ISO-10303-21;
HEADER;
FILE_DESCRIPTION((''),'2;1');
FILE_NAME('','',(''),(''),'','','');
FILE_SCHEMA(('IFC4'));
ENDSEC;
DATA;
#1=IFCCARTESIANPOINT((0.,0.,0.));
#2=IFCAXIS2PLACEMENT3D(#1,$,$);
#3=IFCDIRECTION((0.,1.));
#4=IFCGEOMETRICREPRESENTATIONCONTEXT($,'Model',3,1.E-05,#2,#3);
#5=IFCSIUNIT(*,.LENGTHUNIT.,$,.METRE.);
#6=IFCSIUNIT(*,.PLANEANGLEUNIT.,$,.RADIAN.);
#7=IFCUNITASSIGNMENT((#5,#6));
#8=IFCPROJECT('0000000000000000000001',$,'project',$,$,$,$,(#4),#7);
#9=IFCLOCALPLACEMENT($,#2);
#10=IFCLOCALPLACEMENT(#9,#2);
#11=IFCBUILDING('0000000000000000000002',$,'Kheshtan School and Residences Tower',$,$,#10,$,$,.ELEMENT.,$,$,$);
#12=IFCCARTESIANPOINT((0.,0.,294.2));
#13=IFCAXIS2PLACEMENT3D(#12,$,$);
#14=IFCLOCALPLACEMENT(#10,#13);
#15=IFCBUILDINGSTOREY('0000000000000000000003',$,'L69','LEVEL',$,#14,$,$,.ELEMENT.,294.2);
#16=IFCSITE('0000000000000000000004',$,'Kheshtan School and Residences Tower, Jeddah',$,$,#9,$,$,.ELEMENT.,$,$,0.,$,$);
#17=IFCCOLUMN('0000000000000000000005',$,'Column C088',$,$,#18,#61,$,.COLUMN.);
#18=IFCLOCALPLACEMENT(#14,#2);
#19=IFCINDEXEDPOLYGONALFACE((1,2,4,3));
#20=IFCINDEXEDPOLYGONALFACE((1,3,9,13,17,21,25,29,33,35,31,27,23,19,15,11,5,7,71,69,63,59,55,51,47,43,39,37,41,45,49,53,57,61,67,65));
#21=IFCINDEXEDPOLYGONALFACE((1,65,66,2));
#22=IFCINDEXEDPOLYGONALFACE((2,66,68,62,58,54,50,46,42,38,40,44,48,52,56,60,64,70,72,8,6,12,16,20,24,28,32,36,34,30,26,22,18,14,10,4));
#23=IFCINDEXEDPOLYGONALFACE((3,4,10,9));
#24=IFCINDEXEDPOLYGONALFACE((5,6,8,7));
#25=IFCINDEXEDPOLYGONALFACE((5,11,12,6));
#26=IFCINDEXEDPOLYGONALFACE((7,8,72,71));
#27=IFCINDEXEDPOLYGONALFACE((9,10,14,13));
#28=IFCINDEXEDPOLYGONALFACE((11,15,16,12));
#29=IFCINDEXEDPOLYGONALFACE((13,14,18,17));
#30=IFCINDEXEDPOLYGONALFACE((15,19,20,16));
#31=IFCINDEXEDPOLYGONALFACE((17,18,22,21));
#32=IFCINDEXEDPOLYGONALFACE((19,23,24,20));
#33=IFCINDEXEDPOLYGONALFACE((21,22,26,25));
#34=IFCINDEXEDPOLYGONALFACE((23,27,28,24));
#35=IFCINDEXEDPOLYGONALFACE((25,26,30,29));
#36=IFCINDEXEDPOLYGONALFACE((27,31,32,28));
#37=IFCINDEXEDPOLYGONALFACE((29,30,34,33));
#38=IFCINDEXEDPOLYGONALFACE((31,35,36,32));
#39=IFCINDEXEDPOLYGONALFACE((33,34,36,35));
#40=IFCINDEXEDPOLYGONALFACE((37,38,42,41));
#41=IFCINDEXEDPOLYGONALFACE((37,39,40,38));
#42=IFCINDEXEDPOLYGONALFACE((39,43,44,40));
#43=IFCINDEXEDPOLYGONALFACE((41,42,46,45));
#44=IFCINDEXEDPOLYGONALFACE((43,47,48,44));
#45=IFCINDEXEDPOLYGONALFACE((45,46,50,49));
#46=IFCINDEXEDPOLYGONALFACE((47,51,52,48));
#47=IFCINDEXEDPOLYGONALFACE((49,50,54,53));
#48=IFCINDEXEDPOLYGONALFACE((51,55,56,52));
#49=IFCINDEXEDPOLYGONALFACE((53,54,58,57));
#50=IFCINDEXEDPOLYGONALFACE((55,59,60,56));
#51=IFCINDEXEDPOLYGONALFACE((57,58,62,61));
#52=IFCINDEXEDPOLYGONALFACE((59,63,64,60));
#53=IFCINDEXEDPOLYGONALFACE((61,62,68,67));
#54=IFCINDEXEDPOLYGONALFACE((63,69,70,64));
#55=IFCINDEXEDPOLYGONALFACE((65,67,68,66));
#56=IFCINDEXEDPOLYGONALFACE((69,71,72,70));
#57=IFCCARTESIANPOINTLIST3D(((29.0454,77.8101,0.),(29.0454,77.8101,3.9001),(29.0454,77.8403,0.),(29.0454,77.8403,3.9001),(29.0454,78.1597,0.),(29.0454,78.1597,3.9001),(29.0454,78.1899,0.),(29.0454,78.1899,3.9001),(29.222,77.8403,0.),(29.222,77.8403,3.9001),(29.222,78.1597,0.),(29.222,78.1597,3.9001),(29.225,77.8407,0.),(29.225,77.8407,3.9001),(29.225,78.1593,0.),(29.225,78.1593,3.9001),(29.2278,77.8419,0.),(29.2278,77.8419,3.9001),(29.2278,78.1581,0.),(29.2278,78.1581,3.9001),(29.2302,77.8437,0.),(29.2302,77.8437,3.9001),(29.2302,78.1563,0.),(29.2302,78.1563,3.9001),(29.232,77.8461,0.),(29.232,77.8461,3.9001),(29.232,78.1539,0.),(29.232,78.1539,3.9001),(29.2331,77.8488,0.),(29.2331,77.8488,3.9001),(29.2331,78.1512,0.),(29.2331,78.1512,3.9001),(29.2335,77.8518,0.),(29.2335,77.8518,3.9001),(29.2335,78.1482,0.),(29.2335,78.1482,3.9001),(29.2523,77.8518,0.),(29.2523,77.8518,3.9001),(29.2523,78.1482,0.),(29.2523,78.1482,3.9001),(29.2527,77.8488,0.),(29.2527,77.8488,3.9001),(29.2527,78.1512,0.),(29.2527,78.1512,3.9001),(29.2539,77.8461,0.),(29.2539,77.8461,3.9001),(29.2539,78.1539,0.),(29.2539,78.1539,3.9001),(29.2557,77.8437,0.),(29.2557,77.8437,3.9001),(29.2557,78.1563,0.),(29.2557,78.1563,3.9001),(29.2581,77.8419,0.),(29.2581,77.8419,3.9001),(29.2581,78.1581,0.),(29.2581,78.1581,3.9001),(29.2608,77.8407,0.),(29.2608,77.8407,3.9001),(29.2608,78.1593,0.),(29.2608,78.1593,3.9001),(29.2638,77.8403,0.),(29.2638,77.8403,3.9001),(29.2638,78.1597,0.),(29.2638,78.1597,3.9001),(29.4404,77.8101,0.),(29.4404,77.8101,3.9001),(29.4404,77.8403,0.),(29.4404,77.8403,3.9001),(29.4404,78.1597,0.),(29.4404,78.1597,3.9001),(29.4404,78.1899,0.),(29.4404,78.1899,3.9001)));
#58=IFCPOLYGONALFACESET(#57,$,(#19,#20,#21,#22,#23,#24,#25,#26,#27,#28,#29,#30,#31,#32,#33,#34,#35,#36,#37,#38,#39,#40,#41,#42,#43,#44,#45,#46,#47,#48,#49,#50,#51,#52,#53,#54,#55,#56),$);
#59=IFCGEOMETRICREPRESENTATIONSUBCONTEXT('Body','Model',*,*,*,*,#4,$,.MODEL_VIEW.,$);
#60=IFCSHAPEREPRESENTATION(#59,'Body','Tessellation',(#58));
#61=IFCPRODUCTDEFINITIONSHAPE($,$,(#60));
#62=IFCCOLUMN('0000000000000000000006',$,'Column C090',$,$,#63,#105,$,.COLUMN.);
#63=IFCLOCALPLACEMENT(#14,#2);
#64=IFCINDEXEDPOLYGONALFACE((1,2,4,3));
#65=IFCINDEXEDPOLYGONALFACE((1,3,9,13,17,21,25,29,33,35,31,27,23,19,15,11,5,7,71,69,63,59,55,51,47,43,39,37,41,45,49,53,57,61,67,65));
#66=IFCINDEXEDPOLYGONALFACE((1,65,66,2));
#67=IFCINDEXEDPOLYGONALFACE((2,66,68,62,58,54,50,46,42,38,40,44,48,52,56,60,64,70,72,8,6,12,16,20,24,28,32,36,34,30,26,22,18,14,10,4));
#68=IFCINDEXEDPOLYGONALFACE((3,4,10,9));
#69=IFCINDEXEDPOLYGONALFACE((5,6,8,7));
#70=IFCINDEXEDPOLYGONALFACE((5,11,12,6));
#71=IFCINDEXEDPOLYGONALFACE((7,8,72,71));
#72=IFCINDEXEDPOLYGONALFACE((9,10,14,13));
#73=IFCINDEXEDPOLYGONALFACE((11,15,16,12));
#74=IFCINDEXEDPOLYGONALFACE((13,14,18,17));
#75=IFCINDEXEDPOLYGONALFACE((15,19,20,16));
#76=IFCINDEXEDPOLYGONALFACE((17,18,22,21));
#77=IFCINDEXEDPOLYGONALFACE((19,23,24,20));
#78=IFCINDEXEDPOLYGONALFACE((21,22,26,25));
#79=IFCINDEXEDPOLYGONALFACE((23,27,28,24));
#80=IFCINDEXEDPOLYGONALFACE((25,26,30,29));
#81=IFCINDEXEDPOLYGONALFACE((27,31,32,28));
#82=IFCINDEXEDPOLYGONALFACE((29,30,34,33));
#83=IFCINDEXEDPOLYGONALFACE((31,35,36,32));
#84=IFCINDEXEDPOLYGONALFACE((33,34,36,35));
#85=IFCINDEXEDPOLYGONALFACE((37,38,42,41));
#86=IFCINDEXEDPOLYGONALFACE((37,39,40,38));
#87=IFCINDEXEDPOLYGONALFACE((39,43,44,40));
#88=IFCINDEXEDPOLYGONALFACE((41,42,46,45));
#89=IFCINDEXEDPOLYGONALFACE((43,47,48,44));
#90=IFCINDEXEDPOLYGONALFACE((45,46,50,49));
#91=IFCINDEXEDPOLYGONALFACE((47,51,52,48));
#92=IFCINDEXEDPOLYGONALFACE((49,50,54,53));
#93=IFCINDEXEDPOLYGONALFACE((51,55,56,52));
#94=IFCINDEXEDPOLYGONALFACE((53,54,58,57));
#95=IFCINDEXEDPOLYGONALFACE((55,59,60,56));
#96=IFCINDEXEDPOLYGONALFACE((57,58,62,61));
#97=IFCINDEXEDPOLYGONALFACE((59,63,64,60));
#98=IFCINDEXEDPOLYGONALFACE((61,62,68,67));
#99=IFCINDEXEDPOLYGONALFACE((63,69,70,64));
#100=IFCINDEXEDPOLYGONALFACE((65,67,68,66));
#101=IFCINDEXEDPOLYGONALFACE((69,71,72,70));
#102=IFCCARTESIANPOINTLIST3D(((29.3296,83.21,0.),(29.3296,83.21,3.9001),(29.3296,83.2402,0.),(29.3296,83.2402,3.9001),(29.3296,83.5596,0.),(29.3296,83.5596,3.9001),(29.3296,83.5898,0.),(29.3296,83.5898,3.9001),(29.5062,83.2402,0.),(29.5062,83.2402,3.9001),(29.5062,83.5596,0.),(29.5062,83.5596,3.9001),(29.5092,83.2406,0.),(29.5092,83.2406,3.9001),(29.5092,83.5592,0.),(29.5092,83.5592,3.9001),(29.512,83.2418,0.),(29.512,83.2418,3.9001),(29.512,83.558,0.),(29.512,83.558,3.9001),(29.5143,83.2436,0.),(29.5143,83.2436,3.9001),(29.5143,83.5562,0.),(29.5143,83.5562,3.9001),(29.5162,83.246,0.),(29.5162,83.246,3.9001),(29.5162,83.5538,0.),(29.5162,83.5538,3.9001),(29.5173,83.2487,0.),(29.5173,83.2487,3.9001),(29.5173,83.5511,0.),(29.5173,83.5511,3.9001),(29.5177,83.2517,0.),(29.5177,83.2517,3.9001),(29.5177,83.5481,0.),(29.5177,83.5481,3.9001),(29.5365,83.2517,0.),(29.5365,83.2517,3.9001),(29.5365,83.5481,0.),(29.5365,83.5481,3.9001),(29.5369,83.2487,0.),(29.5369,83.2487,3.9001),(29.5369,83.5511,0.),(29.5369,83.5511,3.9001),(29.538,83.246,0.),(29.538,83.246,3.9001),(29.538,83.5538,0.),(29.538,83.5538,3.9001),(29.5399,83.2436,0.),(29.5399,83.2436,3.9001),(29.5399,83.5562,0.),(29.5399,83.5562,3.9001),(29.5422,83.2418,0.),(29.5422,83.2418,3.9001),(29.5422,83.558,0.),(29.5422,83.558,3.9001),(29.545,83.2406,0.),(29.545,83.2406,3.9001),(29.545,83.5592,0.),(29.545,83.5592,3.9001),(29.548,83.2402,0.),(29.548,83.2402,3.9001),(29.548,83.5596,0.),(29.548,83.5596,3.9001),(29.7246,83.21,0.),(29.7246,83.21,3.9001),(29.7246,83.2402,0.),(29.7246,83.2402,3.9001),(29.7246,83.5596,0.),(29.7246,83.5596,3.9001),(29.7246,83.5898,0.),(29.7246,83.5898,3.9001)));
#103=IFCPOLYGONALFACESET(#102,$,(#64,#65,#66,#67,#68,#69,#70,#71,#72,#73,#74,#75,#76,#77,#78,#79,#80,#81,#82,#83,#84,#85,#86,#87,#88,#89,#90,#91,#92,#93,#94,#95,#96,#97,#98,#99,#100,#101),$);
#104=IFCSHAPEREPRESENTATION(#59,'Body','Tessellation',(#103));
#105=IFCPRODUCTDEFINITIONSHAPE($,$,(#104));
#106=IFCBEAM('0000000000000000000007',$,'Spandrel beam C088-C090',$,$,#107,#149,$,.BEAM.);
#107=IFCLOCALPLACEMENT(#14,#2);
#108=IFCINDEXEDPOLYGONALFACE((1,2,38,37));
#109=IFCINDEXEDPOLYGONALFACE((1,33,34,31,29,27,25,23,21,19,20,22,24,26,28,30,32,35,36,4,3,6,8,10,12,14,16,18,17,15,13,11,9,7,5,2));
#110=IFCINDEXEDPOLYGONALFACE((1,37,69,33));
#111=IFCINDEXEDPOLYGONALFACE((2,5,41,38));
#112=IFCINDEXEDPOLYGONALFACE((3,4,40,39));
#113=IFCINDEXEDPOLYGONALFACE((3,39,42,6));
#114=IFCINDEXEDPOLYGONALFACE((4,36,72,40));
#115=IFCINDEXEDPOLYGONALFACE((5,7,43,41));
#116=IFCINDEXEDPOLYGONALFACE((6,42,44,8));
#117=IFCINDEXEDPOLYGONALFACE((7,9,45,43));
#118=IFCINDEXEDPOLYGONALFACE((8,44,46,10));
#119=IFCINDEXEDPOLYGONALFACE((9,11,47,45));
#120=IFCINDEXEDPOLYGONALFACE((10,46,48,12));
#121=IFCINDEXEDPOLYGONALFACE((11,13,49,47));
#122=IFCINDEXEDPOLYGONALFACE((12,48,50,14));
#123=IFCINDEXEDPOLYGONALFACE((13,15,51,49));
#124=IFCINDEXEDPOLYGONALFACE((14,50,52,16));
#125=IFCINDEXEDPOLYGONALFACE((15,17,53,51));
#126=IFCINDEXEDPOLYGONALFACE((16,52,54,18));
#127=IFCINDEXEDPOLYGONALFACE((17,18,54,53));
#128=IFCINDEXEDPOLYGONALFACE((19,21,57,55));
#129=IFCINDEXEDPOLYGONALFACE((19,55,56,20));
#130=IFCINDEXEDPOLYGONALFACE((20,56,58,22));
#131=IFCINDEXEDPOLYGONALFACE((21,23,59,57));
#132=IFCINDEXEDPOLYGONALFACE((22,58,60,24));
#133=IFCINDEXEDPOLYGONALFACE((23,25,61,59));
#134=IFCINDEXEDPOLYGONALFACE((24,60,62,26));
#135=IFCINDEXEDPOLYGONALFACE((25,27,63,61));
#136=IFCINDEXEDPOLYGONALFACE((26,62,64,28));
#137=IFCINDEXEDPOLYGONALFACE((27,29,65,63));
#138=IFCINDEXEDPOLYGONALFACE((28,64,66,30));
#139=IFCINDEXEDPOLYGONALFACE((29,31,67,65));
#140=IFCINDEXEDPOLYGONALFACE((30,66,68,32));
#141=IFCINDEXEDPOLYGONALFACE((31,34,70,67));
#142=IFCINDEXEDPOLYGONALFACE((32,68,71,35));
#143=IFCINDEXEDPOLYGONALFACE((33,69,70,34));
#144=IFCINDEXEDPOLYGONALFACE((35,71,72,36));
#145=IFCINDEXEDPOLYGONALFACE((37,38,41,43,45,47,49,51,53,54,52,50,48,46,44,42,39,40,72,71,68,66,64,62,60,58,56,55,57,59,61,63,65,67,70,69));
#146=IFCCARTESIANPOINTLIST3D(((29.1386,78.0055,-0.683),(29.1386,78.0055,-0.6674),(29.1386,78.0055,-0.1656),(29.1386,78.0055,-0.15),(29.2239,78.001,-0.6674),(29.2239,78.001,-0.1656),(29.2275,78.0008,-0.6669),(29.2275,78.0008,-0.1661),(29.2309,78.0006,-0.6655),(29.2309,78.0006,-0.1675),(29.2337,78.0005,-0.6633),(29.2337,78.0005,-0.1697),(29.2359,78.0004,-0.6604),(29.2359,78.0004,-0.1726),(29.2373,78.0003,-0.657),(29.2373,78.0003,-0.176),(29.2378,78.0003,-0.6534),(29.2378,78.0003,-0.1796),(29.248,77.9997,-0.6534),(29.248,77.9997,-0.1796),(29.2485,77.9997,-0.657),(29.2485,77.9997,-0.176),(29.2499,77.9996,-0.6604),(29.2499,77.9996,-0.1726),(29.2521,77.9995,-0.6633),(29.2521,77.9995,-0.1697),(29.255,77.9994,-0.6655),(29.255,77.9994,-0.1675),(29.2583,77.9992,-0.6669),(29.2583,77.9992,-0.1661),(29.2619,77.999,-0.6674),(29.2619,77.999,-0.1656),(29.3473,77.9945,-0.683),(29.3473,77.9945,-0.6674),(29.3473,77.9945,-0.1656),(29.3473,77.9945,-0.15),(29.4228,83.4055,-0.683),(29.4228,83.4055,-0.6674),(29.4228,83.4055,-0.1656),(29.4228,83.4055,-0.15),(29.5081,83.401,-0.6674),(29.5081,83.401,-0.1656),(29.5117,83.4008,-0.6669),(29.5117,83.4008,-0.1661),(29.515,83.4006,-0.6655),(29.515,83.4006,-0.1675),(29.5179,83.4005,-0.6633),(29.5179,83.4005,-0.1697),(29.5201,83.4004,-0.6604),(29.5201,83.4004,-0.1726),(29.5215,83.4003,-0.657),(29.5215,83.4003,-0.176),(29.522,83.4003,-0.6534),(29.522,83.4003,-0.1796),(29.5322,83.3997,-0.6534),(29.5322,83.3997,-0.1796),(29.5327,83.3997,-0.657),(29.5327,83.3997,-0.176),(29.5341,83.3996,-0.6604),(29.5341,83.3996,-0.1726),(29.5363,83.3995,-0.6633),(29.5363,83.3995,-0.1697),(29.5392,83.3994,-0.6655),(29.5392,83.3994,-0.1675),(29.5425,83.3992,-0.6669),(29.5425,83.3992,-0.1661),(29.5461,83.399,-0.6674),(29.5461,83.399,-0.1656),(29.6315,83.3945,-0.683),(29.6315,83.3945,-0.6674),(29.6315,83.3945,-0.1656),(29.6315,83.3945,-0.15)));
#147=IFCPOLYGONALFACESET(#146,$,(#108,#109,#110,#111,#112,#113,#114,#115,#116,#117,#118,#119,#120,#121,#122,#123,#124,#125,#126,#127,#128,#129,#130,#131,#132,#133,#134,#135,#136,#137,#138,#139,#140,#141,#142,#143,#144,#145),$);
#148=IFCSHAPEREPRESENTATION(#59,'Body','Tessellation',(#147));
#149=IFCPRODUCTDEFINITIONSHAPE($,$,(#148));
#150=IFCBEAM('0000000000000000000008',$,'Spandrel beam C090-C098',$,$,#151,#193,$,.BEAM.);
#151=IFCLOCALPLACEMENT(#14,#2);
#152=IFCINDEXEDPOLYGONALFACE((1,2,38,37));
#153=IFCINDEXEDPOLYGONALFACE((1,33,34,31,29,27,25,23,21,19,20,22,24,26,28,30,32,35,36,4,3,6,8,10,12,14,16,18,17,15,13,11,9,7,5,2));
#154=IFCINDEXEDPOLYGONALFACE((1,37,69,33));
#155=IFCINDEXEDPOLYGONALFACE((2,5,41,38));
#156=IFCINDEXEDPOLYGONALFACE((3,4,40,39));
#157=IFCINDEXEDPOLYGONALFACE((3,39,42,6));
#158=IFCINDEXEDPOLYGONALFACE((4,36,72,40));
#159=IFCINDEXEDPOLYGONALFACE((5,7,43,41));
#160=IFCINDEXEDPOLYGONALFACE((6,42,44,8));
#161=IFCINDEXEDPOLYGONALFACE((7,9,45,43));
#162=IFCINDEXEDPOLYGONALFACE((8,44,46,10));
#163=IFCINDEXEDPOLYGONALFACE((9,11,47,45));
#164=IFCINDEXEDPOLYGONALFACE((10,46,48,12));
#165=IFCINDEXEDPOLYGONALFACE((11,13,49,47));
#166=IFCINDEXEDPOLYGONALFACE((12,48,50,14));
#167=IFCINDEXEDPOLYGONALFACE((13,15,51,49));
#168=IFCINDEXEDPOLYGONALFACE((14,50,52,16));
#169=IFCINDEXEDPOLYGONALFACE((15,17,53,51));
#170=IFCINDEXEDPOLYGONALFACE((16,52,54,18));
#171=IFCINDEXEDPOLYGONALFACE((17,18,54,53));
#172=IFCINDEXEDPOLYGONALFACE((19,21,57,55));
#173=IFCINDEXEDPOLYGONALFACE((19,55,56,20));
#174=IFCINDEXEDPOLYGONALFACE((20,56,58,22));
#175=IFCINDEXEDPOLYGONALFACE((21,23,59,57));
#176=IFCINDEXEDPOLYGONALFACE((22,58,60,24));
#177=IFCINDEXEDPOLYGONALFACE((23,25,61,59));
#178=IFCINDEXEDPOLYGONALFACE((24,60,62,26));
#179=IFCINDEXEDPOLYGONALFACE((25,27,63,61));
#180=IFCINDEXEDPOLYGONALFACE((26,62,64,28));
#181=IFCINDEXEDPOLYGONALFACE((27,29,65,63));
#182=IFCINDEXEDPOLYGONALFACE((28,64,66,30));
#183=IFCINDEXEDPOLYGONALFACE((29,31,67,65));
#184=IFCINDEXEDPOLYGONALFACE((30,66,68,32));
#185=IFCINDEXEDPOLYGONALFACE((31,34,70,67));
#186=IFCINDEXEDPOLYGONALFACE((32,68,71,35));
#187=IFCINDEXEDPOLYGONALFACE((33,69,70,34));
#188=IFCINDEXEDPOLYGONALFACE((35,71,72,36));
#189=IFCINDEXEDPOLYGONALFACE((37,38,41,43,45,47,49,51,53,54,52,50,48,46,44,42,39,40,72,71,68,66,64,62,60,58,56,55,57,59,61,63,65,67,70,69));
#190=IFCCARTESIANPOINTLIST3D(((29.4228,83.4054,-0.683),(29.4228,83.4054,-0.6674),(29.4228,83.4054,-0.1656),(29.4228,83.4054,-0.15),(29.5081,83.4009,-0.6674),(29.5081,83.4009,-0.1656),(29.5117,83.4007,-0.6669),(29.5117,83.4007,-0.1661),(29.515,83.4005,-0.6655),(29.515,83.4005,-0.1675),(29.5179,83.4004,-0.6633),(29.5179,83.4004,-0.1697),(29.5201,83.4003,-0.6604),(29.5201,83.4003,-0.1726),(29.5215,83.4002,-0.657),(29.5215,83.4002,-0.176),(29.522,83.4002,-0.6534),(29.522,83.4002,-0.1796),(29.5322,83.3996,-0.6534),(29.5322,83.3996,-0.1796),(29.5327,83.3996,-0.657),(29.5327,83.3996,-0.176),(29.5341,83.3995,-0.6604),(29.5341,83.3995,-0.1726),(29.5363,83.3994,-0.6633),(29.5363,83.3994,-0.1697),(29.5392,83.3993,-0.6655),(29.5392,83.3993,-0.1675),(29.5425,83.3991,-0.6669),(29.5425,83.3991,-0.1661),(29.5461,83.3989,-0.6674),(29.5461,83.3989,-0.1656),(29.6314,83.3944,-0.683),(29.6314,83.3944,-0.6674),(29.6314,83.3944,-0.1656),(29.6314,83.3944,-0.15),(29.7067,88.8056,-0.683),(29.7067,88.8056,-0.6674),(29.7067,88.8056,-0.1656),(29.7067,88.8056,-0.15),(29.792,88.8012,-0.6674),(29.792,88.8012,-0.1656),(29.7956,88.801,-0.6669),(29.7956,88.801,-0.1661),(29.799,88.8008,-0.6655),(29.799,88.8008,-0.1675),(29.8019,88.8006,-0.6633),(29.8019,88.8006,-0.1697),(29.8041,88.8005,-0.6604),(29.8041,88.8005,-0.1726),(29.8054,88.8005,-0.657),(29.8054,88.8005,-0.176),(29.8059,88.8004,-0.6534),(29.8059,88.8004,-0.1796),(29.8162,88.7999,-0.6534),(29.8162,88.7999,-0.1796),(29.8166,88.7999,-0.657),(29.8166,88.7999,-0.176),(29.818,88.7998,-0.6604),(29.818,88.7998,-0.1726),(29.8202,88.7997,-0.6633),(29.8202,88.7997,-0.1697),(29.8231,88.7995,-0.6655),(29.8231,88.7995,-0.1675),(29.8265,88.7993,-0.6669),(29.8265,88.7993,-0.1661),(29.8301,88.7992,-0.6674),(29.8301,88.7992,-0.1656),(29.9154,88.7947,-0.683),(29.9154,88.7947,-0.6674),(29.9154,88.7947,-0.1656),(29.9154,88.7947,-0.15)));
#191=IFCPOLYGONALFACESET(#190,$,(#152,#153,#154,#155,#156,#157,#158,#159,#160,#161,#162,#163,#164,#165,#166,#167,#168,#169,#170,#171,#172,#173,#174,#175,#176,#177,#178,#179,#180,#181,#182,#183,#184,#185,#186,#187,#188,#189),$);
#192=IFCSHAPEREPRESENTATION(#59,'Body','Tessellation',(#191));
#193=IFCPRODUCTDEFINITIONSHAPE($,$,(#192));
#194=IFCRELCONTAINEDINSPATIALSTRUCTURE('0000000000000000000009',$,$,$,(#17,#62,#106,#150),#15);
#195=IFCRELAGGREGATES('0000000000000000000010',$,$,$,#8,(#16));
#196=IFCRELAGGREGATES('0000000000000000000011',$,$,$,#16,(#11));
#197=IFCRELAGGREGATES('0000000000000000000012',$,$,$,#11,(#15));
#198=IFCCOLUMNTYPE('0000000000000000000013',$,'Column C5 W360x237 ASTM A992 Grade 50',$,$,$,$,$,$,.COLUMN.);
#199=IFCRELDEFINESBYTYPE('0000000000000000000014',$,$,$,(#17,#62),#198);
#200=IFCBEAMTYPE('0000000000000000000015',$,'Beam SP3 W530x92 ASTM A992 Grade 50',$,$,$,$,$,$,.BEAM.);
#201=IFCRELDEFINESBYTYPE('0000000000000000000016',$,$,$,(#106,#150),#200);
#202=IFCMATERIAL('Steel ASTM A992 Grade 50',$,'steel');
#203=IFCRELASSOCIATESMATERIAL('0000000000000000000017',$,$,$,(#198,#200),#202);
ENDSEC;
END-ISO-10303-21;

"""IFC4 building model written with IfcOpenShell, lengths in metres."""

from ifc_helpers import new_model, si_unit, direction, frame, origin, origin_2d, place, context, subcontext, project, spatial, i_section, extrude, material, material_profile, profile_set, type_object, element, save


model = new_model("IFC4")

# Units and contexts
model_context = context("Model", 3, precision=1e-05, world=origin(), true_north=direction((0.0, 1.0)))
body_context = subcontext(model_context, "Body", "Model", "MODEL_VIEW")
ifc_project = project(units=[si_unit("LENGTHUNIT", "METRE"), si_unit("PLANEANGLEUNIT", "RADIAN")], contexts=[model_context])

# Site, building, storey
site_placement = place(None, origin())
site = spatial("IfcSite", under=ifc_project, at=site_placement, Name="Kheshtan School and Residences Tower, Jeddah", CompositionType="ELEMENT", RefElevation=0.0)
building_placement = place(site_placement, origin())
building = spatial("IfcBuilding", under=site, at=building_placement, Name="Kheshtan School and Residences Tower", CompositionType="ELEMENT")
storey_placement = place(building_placement, frame((0.0, 0.0, 294.2)))
storey = spatial("IfcBuildingStorey", under=building, at=storey_placement, Name="L69", Description="LEVEL", CompositionType="ELEMENT", Elevation=294.2)

# Columns
ifc_material_1 = material(Name="Steel ASTM A992 Grade 50", Category="steel")
ifc_material_profile_1 = material_profile(ifc_material_1, i_section(OverallWidth=0.395, OverallDepth=0.3799, WebThickness=0.0188, FlangeThickness=0.0303, FilletRadius=0.0115, at=origin_2d()), Name="W360x237")
ifc_profile_set_1 = profile_set([ifc_material_profile_1], Name="Steel ASTM A992 Grade 50")
column_type = type_object("IfcColumnType", Name="Column C5 W360x237 ASTM A992 Grade 50", PredefinedType="COLUMN", material=ifc_profile_set_1)
for number, where, z_axis, x_axis, name in (
    (1, (29.2429, 78.0, 0.0), (0.0, 0.0, 1.0), (1.0, 0.0, 0.0), "Column C088"),
    (2, (29.5271, 83.3999, 0.0), (0.0, 0.0, 1.0), (1.0, 0.0, 0.0), "Column C090"),
):
    element("IfcColumn", number, at=place(storey_placement, frame(where, z_axis=z_axis, x_axis=x_axis)), inside=storey, type_object=column_type, Name=name, PredefinedType="COLUMN", context=body_context, shape_type="SweptSolid", body=[
        extrude(i_section(OverallWidth=0.395, OverallDepth=0.3799, WebThickness=0.0188, FlangeThickness=0.0303, FilletRadius=0.0115, at=origin_2d()), origin(), (0.0, 0.0, 1.0), 3.9001),
    ])

# Beams
ifc_material_profile_2 = material_profile(ifc_material_1, i_section(OverallWidth=0.209, OverallDepth=0.533, WebThickness=0.0103, FlangeThickness=0.0156, FilletRadius=0.0139, at=origin_2d()), Name="W530x92")
ifc_profile_set_2 = profile_set([ifc_material_profile_2], Name="Steel ASTM A992 Grade 50")
beam_type = type_object("IfcBeamType", Name="Beam SP3 W530x92 ASTM A992 Grade 50", PredefinedType="BEAM", material=ifc_profile_set_2)
beam_1_placement = place(storey_placement, frame((29.2429, 78.0, -0.4165), z_axis=(0.052554, 0.998618, 0.0), x_axis=(-0.998618, 0.052554, 0.0)))
element("IfcBeam", 3, at=beam_1_placement, inside=storey, type_object=beam_type, Name="Spandrel beam C088-C090", PredefinedType="BEAM", context=body_context, shape_type="SweptSolid", body=[
    extrude(i_section(OverallWidth=0.209, OverallDepth=0.533, WebThickness=0.0103, FlangeThickness=0.0156, FilletRadius=0.0139, at=origin_2d()), origin(), (0.0, 0.0, 1.0), 5.4075),
])
beam_2_placement = place(storey_placement, frame((29.5271, 83.3999, -0.4165), z_axis=(0.052507, 0.998621, 0.0), x_axis=(-0.998621, 0.052507, 0.0)))
element("IfcBeam", 4, at=beam_2_placement, inside=storey, type_object=beam_type, Name="Spandrel beam C090-C098", PredefinedType="BEAM", context=body_context, shape_type="SweptSolid", body=[
    extrude(i_section(OverallWidth=0.209, OverallDepth=0.533, WebThickness=0.0103, FlangeThickness=0.0156, FilletRadius=0.0139, at=origin_2d()), origin(), (0.0, 0.0, 1.0), 5.4077),
])

save(model, "model.ifc")
